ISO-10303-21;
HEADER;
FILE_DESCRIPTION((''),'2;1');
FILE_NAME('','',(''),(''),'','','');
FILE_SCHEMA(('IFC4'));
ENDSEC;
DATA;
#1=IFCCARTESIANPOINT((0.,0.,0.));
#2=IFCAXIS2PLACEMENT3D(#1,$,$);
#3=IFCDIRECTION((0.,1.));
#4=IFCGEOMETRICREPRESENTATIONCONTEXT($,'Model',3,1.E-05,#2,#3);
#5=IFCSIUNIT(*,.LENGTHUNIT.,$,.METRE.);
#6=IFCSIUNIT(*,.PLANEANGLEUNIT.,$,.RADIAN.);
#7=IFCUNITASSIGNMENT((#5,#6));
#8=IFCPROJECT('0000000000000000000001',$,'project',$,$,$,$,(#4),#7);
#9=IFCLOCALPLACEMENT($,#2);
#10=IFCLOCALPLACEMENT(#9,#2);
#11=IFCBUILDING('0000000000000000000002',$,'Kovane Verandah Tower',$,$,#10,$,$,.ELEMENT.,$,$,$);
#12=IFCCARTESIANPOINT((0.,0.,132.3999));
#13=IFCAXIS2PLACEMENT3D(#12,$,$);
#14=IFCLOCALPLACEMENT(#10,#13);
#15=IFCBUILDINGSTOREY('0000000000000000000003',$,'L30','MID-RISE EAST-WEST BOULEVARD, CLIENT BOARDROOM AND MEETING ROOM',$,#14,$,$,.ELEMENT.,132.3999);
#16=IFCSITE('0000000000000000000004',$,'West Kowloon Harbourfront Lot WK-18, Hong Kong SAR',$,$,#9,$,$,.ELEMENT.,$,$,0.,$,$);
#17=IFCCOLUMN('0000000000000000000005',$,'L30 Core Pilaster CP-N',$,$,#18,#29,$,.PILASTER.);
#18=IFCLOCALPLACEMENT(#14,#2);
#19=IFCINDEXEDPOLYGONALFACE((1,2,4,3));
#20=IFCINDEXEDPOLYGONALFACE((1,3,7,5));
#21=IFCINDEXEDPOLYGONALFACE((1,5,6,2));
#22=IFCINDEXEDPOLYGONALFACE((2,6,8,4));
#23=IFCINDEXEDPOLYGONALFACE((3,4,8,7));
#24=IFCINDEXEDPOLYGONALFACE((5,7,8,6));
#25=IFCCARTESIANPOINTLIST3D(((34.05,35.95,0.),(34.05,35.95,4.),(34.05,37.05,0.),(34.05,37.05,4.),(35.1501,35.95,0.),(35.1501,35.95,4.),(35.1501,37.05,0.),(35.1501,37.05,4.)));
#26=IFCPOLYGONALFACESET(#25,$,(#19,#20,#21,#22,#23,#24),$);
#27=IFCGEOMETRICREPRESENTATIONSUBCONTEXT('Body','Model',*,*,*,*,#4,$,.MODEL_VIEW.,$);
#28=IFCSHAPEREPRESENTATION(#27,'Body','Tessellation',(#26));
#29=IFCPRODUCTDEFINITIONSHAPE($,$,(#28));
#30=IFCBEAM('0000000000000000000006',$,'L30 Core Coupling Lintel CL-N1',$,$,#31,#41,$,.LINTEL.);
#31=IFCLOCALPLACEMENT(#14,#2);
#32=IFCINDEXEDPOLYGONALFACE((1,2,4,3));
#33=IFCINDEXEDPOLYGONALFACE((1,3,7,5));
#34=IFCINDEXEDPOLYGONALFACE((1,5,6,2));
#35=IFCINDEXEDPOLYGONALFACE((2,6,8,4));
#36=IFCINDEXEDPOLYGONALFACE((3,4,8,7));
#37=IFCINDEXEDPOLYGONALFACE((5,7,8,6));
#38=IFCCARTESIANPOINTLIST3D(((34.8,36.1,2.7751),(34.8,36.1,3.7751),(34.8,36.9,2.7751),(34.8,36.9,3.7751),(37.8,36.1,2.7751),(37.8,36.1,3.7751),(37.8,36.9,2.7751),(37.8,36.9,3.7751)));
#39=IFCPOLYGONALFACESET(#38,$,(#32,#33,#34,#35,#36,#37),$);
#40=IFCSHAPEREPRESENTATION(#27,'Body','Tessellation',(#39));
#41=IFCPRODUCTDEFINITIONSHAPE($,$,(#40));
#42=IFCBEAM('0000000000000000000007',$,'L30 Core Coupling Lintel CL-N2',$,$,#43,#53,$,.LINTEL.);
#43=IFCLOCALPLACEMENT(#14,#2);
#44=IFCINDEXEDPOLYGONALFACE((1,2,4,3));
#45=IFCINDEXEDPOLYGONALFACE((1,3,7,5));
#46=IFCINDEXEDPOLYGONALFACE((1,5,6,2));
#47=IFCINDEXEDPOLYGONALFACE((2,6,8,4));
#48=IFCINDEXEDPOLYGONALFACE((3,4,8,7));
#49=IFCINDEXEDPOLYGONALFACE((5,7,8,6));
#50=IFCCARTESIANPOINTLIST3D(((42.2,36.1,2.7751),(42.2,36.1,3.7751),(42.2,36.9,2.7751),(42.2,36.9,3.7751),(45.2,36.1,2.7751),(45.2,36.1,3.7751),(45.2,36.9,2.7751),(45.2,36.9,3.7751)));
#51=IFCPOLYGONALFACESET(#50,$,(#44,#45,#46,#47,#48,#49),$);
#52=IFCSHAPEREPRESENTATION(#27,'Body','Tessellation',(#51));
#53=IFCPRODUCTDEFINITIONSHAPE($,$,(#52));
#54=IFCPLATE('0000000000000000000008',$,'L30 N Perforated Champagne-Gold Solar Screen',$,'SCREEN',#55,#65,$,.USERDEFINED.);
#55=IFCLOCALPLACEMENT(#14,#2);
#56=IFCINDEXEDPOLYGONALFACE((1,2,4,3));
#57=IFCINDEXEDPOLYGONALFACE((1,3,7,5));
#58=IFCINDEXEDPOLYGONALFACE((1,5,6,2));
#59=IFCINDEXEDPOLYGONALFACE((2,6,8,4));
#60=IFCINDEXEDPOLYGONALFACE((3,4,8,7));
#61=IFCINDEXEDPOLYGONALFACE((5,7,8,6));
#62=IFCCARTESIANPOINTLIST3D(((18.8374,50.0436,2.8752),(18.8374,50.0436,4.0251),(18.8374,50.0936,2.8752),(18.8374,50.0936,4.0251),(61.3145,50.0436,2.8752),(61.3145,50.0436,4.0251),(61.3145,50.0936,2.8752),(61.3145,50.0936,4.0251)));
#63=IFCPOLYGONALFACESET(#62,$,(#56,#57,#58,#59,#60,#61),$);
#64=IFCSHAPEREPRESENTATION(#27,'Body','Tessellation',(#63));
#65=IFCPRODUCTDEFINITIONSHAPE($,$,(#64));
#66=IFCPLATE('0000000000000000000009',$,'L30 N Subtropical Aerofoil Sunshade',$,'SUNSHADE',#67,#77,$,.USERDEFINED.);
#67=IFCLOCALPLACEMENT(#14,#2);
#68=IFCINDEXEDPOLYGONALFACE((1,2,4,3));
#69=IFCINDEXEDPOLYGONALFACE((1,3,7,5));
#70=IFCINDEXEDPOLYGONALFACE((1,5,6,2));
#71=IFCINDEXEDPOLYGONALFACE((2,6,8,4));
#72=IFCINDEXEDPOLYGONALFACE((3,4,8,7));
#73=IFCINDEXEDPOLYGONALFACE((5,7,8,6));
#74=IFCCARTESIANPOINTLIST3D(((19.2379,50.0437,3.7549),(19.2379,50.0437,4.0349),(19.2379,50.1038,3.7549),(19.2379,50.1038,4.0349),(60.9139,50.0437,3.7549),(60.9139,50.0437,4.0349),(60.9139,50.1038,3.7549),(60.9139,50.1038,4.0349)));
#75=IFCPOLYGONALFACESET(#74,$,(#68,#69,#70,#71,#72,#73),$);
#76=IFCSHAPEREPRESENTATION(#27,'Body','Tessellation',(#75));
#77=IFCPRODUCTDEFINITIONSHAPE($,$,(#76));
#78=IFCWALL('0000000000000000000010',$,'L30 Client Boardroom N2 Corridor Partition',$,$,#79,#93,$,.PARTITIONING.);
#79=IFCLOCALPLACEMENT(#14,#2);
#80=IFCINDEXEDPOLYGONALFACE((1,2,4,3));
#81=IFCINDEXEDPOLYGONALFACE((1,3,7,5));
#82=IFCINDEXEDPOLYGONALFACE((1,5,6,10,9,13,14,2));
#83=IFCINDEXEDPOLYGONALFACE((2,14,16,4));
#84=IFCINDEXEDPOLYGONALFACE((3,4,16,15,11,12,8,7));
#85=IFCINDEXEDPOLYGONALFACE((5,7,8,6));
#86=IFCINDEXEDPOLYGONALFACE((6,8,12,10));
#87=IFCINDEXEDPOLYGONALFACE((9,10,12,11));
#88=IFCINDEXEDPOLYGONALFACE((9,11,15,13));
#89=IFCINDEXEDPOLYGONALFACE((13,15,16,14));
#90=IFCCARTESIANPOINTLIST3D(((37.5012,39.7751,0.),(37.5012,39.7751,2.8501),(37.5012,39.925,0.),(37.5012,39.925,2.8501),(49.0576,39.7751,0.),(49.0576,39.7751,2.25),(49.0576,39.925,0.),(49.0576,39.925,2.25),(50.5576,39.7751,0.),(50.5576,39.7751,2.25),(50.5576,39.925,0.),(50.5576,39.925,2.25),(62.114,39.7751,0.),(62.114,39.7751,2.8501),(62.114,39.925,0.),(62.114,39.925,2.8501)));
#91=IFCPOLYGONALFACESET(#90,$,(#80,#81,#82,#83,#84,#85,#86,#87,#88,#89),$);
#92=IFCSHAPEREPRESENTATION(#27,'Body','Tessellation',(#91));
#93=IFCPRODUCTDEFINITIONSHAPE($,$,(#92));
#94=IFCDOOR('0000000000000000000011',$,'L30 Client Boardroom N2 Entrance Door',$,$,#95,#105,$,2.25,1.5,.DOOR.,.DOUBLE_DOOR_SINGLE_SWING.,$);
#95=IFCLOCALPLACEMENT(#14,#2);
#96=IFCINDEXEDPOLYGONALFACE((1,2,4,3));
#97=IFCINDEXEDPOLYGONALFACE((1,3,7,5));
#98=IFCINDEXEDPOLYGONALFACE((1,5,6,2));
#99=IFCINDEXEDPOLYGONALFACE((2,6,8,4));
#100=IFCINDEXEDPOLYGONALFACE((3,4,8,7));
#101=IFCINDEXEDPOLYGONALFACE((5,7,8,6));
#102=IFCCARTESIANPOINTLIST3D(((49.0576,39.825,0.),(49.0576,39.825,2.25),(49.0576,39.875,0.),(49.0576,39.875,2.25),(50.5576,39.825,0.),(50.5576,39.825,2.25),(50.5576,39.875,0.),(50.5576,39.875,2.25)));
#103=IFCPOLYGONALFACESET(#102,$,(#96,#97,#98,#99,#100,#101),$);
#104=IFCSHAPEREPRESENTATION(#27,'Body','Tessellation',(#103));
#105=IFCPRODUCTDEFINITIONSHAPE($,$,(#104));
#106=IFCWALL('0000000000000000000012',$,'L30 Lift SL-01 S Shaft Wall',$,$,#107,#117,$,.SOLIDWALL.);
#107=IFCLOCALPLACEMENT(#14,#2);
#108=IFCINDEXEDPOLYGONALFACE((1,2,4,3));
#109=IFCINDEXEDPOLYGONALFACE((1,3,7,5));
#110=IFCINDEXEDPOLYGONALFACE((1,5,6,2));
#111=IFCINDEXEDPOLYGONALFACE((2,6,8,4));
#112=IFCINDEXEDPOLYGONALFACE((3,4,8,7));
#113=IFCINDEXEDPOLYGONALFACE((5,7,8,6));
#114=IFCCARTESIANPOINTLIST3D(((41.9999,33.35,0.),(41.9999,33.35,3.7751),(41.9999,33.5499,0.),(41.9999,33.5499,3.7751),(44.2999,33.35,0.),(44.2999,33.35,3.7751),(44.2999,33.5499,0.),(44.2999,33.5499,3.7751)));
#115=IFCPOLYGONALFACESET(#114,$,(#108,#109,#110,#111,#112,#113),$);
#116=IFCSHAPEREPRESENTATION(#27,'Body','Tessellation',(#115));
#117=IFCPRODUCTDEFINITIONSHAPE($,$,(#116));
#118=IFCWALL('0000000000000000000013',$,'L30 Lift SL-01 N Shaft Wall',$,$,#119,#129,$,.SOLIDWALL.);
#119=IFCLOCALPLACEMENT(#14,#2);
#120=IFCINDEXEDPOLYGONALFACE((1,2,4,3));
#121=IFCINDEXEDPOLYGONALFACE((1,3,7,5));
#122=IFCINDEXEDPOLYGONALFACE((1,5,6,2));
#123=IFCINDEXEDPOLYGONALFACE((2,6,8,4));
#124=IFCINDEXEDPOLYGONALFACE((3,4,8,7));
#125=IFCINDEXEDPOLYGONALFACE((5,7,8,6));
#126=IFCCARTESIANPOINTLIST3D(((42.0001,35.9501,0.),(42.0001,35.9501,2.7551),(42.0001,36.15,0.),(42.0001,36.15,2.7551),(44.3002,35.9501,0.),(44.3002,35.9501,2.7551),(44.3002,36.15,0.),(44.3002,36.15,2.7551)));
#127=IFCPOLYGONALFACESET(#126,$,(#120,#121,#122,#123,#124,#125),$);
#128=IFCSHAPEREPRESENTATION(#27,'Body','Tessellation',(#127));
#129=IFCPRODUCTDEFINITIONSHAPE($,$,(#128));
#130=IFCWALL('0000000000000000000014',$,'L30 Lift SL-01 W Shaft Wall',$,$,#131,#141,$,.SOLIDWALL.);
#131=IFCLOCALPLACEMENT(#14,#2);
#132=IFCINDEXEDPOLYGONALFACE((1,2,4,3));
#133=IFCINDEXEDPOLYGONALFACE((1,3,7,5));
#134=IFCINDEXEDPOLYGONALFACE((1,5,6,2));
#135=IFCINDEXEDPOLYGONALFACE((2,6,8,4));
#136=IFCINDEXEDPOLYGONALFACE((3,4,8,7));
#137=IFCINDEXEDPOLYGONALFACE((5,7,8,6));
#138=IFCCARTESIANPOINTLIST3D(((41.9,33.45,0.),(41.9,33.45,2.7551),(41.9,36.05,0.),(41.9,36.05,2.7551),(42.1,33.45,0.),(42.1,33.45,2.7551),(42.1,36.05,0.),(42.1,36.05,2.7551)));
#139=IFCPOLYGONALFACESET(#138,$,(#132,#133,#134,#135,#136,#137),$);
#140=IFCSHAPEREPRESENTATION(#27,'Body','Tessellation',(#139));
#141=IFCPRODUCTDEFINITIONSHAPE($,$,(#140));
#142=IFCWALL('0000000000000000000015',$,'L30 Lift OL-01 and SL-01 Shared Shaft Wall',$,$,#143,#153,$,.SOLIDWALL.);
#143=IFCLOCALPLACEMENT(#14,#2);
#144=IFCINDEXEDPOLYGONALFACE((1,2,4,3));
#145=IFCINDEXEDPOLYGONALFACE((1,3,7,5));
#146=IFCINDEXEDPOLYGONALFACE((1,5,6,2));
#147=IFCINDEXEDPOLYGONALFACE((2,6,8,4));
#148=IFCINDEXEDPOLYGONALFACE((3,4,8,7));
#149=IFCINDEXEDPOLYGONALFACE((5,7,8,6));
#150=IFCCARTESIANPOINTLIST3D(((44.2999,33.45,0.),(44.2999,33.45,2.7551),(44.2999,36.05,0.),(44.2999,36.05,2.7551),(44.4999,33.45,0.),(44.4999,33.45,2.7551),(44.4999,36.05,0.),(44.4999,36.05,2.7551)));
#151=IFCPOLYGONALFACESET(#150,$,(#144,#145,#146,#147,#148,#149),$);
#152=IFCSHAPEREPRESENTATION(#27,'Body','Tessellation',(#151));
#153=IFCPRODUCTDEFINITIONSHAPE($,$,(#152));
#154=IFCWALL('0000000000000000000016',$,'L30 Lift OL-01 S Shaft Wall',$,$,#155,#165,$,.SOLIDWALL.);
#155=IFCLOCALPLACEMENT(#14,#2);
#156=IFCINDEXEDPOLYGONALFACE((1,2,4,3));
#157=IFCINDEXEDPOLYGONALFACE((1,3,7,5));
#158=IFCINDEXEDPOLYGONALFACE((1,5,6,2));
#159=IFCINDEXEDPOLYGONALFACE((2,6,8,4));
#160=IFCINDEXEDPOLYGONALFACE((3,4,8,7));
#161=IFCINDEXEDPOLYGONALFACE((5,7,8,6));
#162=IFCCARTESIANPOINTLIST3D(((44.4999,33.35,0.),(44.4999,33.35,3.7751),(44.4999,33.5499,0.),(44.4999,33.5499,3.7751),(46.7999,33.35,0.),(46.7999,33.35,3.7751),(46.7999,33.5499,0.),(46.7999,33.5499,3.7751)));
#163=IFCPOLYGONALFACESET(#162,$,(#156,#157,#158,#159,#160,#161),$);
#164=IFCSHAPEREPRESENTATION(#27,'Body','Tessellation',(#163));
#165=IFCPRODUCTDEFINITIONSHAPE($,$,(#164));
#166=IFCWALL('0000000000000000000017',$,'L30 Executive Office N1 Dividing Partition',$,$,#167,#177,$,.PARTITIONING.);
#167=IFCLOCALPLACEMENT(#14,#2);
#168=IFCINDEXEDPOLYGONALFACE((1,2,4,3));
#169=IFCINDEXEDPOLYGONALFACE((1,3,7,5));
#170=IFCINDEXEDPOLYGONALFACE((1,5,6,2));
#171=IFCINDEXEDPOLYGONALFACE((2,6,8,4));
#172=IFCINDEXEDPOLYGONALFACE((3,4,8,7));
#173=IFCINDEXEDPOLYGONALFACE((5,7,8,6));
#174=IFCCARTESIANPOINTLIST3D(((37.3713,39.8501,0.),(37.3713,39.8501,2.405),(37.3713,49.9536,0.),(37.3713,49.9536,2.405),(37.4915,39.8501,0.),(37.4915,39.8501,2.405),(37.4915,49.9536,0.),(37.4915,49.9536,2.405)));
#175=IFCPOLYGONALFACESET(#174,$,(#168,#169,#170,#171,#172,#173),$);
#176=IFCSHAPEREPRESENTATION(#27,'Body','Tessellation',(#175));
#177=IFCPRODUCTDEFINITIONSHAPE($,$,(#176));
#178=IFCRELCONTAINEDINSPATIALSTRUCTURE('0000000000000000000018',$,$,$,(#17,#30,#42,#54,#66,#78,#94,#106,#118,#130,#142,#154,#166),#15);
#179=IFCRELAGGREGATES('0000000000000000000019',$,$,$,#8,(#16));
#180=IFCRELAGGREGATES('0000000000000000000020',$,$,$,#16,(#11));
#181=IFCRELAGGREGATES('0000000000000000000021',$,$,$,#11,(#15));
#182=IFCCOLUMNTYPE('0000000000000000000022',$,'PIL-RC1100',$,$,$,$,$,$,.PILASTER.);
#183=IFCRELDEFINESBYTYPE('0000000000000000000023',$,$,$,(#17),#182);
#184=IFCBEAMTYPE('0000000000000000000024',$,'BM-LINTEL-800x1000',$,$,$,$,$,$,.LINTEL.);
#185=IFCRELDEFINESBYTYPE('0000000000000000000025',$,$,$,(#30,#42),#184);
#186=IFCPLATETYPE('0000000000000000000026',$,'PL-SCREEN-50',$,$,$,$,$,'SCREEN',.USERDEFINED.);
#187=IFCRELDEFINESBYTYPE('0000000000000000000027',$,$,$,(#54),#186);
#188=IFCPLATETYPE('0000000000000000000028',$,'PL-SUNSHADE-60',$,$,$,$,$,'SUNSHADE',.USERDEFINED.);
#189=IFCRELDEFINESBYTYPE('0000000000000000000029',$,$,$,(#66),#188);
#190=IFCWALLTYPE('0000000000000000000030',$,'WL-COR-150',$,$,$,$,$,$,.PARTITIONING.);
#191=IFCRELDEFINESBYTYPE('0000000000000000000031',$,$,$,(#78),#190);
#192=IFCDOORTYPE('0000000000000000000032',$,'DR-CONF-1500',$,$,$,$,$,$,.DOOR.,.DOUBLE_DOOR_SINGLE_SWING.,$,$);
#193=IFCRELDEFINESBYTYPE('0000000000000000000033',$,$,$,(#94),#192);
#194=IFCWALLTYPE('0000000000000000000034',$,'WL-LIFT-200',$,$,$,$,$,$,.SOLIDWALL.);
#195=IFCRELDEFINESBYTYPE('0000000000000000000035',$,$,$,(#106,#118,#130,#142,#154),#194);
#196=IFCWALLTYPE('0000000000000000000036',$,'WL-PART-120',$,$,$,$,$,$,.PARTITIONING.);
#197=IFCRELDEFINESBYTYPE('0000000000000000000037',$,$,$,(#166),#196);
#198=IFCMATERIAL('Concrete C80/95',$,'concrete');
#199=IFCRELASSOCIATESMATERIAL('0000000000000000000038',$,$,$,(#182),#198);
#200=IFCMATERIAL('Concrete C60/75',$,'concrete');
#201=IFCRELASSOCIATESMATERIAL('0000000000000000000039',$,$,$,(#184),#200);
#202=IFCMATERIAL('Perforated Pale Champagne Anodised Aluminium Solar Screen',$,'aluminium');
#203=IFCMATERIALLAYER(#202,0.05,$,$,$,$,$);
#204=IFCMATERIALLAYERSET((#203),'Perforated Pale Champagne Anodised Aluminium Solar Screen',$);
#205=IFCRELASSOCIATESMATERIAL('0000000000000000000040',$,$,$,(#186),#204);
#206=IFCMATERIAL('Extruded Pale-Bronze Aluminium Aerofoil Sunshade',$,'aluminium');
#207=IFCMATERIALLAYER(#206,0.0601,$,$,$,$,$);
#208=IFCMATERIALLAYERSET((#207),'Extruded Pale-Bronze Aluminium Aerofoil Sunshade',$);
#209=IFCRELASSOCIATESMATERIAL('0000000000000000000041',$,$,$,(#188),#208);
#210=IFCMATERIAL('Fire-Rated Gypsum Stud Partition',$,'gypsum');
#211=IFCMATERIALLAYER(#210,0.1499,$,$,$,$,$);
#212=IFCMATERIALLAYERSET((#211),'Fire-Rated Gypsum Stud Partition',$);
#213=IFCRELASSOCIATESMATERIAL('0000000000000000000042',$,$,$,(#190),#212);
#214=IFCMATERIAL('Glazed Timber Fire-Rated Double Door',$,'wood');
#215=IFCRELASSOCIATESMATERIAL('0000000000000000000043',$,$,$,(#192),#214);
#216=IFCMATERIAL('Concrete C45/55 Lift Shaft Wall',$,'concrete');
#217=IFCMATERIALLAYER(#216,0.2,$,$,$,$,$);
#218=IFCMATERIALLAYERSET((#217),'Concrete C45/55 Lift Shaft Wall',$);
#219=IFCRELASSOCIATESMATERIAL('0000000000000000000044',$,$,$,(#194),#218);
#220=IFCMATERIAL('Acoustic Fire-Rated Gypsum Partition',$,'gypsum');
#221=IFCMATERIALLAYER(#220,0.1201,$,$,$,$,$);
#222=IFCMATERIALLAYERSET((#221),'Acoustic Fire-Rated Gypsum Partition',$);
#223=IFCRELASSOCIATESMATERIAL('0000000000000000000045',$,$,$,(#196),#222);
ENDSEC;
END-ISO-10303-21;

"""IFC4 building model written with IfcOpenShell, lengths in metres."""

from ifc_helpers import new_model, si_unit, direction, frame, frame_2d, origin, origin_2d, place, context, subcontext, project, spatial, rectangle, extrude, material, layer, layer_set, material_profile, profile_set, type_object, element, fill, save


model = new_model("IFC4")

# Units and contexts
model_context = context("Model", 3, precision=1e-05, world=origin(), true_north=direction((0.0, 1.0)))
body_context = subcontext(model_context, "Body", "Model", "MODEL_VIEW")
ifc_project = project(units=[si_unit("LENGTHUNIT", "METRE"), si_unit("PLANEANGLEUNIT", "RADIAN")], contexts=[model_context])

# Site, building, storey
site_placement = place(None, origin())
site = spatial("IfcSite", under=ifc_project, at=site_placement, Name="West Kowloon Harbourfront Lot WK-18, Hong Kong SAR", CompositionType="ELEMENT", RefElevation=0.0)
building_placement = place(site_placement, origin())
building = spatial("IfcBuilding", under=site, at=building_placement, Name="Kovane Verandah Tower", CompositionType="ELEMENT")
storey_placement = place(building_placement, frame((0.0, 0.0, 132.3999)))
storey = spatial("IfcBuildingStorey", under=building, at=storey_placement, Name="L30", Description="MID-RISE EAST-WEST BOULEVARD, CLIENT BOARDROOM AND MEETING ROOM", CompositionType="ELEMENT", Elevation=132.3999)

# Column
ifc_material_1 = material(Name="Concrete C80/95", Category="concrete")
ifc_material_profile_1 = material_profile(ifc_material_1, rectangle(XDim=1.1001, YDim=1.1001, at=origin_2d()), Name="RC1100x1100")
ifc_profile_set_1 = profile_set([ifc_material_profile_1], Name="Concrete C80/95")
column_type = type_object("IfcColumnType", Name="PIL-RC1100", PredefinedType="PILASTER", material=ifc_profile_set_1)
column_placement = place(storey_placement, frame((34.6001, 36.5, 0.0), z_axis=(0.0, 0.0, 1.0), x_axis=(1.0, 0.0, 0.0)))
element("IfcColumn", 1, at=column_placement, inside=storey, type_object=column_type, Name="L30 Core Pilaster CP-N", PredefinedType="PILASTER", context=body_context, shape_type="SweptSolid", body=[
    extrude(rectangle(XDim=1.1001, YDim=1.1001, at=origin_2d()), origin(), (0.0, 0.0, 1.0), 4.0),
])

# Beams
ifc_material_2 = material(Name="Concrete C60/75", Category="concrete")
ifc_material_profile_2 = material_profile(ifc_material_2, rectangle(XDim=0.8, YDim=1.0, at=origin_2d()), Name="RCB800x1000")
ifc_profile_set_2 = profile_set([ifc_material_profile_2], Name="Concrete C60/75")
beam_type = type_object("IfcBeamType", Name="BM-LINTEL-800x1000", PredefinedType="LINTEL", material=ifc_profile_set_2)
for number, where, z_axis, x_axis, name in (
    (2, (34.8, 36.5, 3.2751), (1.0, 0.0, 0.0), (0.0, 1.0, 0.0), "L30 Core Coupling Lintel CL-N1"),
    (3, (42.2, 36.5, 3.2751), (1.0, 0.0, 0.0), (0.0, 1.0, 0.0), "L30 Core Coupling Lintel CL-N2"),
):
    element("IfcBeam", number, at=place(storey_placement, frame(where, z_axis=z_axis, x_axis=x_axis)), inside=storey, type_object=beam_type, Name=name, PredefinedType="LINTEL", context=body_context, shape_type="SweptSolid", body=[
        extrude(rectangle(XDim=0.8, YDim=1.0, at=origin_2d()), origin(), (0.0, 0.0, 1.0), 3.0),
    ])

# Plates
ifc_material_3 = material(Name="Perforated Pale Champagne Anodised Aluminium Solar Screen", Category="aluminium")
ifc_layer_1 = layer(ifc_material_3, 0.05)
ifc_layer_set_1 = layer_set([ifc_layer_1], Name="Perforated Pale Champagne Anodised Aluminium Solar Screen")
plate_type_1 = type_object("IfcPlateType", Name="PL-SCREEN-50", ElementType="SCREEN", PredefinedType="USERDEFINED", material=ifc_layer_set_1)
plate_1_placement = place(storey_placement, frame((40.0759, 50.0686, 2.8752), z_axis=(0.0, 0.0, 1.0), x_axis=(-1.0, 0.0, 0.0)))
element("IfcPlate", 4, at=plate_1_placement, inside=storey, type_object=plate_type_1, Name="L30 N Perforated Champagne-Gold Solar Screen", ObjectType="SCREEN", PredefinedType="USERDEFINED", context=body_context, shape_type="SweptSolid", body=[
    extrude(rectangle(XDim=42.4771, YDim=0.05, at=origin_2d()), origin(), (0.0, 0.0, 1.0), 1.1499),
])
ifc_material_4 = material(Name="Extruded Pale-Bronze Aluminium Aerofoil Sunshade", Category="aluminium")
ifc_layer_2 = layer(ifc_material_4, 0.0601)
ifc_layer_set_2 = layer_set([ifc_layer_2], Name="Extruded Pale-Bronze Aluminium Aerofoil Sunshade")
plate_type_2 = type_object("IfcPlateType", Name="PL-SUNSHADE-60", ElementType="SUNSHADE", PredefinedType="USERDEFINED", material=ifc_layer_set_2)
plate_2_placement = place(storey_placement, frame((40.0759, 50.0737, 3.7549), z_axis=(0.0, 0.0, 1.0), x_axis=(-1.0, 0.0, 0.0)))
element("IfcPlate", 5, at=plate_2_placement, inside=storey, type_object=plate_type_2, Name="L30 N Subtropical Aerofoil Sunshade", ObjectType="SUNSHADE", PredefinedType="USERDEFINED", context=body_context, shape_type="SweptSolid", body=[
    extrude(rectangle(XDim=41.676, YDim=0.0601, at=origin_2d()), origin(), (0.0, 0.0, 1.0), 0.28),
])

# Wall, opening, door
ifc_material_5 = material(Name="Fire-Rated Gypsum Stud Partition", Category="gypsum")
ifc_layer_3 = layer(ifc_material_5, 0.1499)
ifc_layer_set_3 = layer_set([ifc_layer_3], Name="Fire-Rated Gypsum Stud Partition")
wall_type_1 = type_object("IfcWallType", Name="WL-COR-150", PredefinedType="PARTITIONING", material=ifc_layer_set_3)
wall_1_placement = place(storey_placement, frame((37.5012, 39.8501, 0.0), z_axis=(0.0, 0.0, 1.0), x_axis=(1.0, 0.0, 0.0)))
wall_1 = element("IfcWall", 6, at=wall_1_placement, inside=storey, type_object=wall_type_1, Name="L30 Client Boardroom N2 Corridor Partition", PredefinedType="PARTITIONING", context=body_context, shape_type="SweptSolid", body=[
    extrude(rectangle(XDim=24.6128, YDim=0.1499, at=frame_2d((12.3064, 0.0))), origin(), (0.0, 0.0, 1.0), 2.8501),
])
opening_1_placement = place(wall_1_placement, frame((11.5564, 0.0, 0.0)))
opening_1 = element("IfcOpeningElement", 7, at=opening_1_placement, cuts=wall_1, PredefinedType="OPENING", context=body_context, shape_type="SweptSolid", body=[
    extrude(rectangle(XDim=1.5, YDim=2.25, at=frame_2d((0.75, 1.125))), frame((0.0, 0.075, 0.0), z_axis=(0.0, -1.0, 0.0), x_axis=(1.0, 0.0, 0.0)), (0.0, 0.0, 1.0), 0.1499),
])
ifc_material_6 = material(Name="Glazed Timber Fire-Rated Double Door", Category="wood")
door_type_1 = type_object("IfcDoorType", Name="DR-CONF-1500", OperationType="DOUBLE_DOOR_SINGLE_SWING", PredefinedType="DOOR", material=ifc_material_6)
door_1_placement = place(opening_1_placement, origin())
door_1 = element("IfcDoor", 8, at=door_1_placement, inside=storey, type_object=door_type_1, Name="L30 Client Boardroom N2 Entrance Door", OperationType="DOUBLE_DOOR_SINGLE_SWING", OverallHeight=2.25, OverallWidth=1.5, PredefinedType="DOOR", context=body_context, shape_type="SweptSolid", body=[
    extrude(rectangle(XDim=1.5, YDim=2.25, at=frame_2d((0.75, 1.125))), frame((0.0, 0.0249, 0.0), z_axis=(0.0, -1.0, 0.0), x_axis=(1.0, 0.0, 0.0)), (0.0, 0.0, 1.0), 0.05),
])
fill(opening_1, door_1)

# Walls
ifc_material_7 = material(Name="Concrete C45/55 Lift Shaft Wall", Category="concrete")
ifc_layer_4 = layer(ifc_material_7, 0.2)
ifc_layer_set_4 = layer_set([ifc_layer_4], Name="Concrete C45/55 Lift Shaft Wall")
wall_type_2 = type_object("IfcWallType", Name="WL-LIFT-200", PredefinedType="SOLIDWALL", material=ifc_layer_set_4)
wall_2_placement = place(storey_placement, frame((42.0, 33.45, 0.0), z_axis=(0.0, 0.0, 1.0), x_axis=(1.0, 0.0, 0.0)))
element("IfcWall", 9, at=wall_2_placement, inside=storey, type_object=wall_type_2, Name="L30 Lift SL-01 S Shaft Wall", PredefinedType="SOLIDWALL", context=body_context, shape_type="SweptSolid", body=[
    extrude(rectangle(XDim=2.3, YDim=0.2, at=frame_2d((1.1499, 0.0))), origin(), (0.0, 0.0, 1.0), 3.7751),
])
wall_3_placement = place(storey_placement, frame((44.3, 36.05, 0.0), z_axis=(0.0, 0.0, 1.0), x_axis=(-1.0, 0.0, 0.0)))
element("IfcWall", 10, at=wall_3_placement, inside=storey, type_object=wall_type_2, Name="L30 Lift SL-01 N Shaft Wall", PredefinedType="SOLIDWALL", context=body_context, shape_type="SweptSolid", body=[
    extrude(rectangle(XDim=2.3, YDim=0.2, at=frame_2d((1.1499, 0.0))), origin(), (0.0, 0.0, 1.0), 2.7551),
])
for number, where, z_axis, x_axis, name in (
    (11, (42.0, 36.05, 0.0), (0.0, 0.0, 1.0), (0.0, -1.0, 0.0), "L30 Lift SL-01 W Shaft Wall"),
    (12, (44.3999, 33.45, 0.0), (0.0, 0.0, 1.0), (0.0, 1.0, 0.0), "L30 Lift OL-01 and SL-01 Shared Shaft Wall"),
):
    element("IfcWall", number, at=place(storey_placement, frame(where, z_axis=z_axis, x_axis=x_axis)), inside=storey, type_object=wall_type_2, Name=name, PredefinedType="SOLIDWALL", context=body_context, shape_type="SweptSolid", body=[
        extrude(rectangle(XDim=2.6001, YDim=0.2, at=frame_2d((1.3, 0.0))), origin(), (0.0, 0.0, 1.0), 2.7551),
    ])
wall_4_placement = place(storey_placement, frame((44.5, 33.45, 0.0), z_axis=(0.0, 0.0, 1.0), x_axis=(1.0, 0.0, 0.0)))
element("IfcWall", 13, at=wall_4_placement, inside=storey, type_object=wall_type_2, Name="L30 Lift OL-01 S Shaft Wall", PredefinedType="SOLIDWALL", context=body_context, shape_type="SweptSolid", body=[
    extrude(rectangle(XDim=2.3, YDim=0.2, at=frame_2d((1.1499, 0.0))), origin(), (0.0, 0.0, 1.0), 3.7751),
])
ifc_material_8 = material(Name="Acoustic Fire-Rated Gypsum Partition", Category="gypsum")
ifc_layer_5 = layer(ifc_material_8, 0.1201)
ifc_layer_set_5 = layer_set([ifc_layer_5], Name="Acoustic Fire-Rated Gypsum Partition")
wall_type_3 = type_object("IfcWallType", Name="WL-PART-120", PredefinedType="PARTITIONING", material=ifc_layer_set_5)
wall_5_placement = place(storey_placement, frame((37.4314, 39.8501, 0.0), z_axis=(0.0, 0.0, 1.0), x_axis=(0.0, 1.0, 0.0)))
element("IfcWall", 14, at=wall_5_placement, inside=storey, type_object=wall_type_3, Name="L30 Executive Office N1 Dividing Partition", PredefinedType="PARTITIONING", context=body_context, shape_type="SweptSolid", body=[
    extrude(rectangle(XDim=10.1035, YDim=0.1201, at=frame_2d((5.0518, 0.0))), origin(), (0.0, 0.0, 1.0), 2.405),
])

save(model, "model.ifc")
